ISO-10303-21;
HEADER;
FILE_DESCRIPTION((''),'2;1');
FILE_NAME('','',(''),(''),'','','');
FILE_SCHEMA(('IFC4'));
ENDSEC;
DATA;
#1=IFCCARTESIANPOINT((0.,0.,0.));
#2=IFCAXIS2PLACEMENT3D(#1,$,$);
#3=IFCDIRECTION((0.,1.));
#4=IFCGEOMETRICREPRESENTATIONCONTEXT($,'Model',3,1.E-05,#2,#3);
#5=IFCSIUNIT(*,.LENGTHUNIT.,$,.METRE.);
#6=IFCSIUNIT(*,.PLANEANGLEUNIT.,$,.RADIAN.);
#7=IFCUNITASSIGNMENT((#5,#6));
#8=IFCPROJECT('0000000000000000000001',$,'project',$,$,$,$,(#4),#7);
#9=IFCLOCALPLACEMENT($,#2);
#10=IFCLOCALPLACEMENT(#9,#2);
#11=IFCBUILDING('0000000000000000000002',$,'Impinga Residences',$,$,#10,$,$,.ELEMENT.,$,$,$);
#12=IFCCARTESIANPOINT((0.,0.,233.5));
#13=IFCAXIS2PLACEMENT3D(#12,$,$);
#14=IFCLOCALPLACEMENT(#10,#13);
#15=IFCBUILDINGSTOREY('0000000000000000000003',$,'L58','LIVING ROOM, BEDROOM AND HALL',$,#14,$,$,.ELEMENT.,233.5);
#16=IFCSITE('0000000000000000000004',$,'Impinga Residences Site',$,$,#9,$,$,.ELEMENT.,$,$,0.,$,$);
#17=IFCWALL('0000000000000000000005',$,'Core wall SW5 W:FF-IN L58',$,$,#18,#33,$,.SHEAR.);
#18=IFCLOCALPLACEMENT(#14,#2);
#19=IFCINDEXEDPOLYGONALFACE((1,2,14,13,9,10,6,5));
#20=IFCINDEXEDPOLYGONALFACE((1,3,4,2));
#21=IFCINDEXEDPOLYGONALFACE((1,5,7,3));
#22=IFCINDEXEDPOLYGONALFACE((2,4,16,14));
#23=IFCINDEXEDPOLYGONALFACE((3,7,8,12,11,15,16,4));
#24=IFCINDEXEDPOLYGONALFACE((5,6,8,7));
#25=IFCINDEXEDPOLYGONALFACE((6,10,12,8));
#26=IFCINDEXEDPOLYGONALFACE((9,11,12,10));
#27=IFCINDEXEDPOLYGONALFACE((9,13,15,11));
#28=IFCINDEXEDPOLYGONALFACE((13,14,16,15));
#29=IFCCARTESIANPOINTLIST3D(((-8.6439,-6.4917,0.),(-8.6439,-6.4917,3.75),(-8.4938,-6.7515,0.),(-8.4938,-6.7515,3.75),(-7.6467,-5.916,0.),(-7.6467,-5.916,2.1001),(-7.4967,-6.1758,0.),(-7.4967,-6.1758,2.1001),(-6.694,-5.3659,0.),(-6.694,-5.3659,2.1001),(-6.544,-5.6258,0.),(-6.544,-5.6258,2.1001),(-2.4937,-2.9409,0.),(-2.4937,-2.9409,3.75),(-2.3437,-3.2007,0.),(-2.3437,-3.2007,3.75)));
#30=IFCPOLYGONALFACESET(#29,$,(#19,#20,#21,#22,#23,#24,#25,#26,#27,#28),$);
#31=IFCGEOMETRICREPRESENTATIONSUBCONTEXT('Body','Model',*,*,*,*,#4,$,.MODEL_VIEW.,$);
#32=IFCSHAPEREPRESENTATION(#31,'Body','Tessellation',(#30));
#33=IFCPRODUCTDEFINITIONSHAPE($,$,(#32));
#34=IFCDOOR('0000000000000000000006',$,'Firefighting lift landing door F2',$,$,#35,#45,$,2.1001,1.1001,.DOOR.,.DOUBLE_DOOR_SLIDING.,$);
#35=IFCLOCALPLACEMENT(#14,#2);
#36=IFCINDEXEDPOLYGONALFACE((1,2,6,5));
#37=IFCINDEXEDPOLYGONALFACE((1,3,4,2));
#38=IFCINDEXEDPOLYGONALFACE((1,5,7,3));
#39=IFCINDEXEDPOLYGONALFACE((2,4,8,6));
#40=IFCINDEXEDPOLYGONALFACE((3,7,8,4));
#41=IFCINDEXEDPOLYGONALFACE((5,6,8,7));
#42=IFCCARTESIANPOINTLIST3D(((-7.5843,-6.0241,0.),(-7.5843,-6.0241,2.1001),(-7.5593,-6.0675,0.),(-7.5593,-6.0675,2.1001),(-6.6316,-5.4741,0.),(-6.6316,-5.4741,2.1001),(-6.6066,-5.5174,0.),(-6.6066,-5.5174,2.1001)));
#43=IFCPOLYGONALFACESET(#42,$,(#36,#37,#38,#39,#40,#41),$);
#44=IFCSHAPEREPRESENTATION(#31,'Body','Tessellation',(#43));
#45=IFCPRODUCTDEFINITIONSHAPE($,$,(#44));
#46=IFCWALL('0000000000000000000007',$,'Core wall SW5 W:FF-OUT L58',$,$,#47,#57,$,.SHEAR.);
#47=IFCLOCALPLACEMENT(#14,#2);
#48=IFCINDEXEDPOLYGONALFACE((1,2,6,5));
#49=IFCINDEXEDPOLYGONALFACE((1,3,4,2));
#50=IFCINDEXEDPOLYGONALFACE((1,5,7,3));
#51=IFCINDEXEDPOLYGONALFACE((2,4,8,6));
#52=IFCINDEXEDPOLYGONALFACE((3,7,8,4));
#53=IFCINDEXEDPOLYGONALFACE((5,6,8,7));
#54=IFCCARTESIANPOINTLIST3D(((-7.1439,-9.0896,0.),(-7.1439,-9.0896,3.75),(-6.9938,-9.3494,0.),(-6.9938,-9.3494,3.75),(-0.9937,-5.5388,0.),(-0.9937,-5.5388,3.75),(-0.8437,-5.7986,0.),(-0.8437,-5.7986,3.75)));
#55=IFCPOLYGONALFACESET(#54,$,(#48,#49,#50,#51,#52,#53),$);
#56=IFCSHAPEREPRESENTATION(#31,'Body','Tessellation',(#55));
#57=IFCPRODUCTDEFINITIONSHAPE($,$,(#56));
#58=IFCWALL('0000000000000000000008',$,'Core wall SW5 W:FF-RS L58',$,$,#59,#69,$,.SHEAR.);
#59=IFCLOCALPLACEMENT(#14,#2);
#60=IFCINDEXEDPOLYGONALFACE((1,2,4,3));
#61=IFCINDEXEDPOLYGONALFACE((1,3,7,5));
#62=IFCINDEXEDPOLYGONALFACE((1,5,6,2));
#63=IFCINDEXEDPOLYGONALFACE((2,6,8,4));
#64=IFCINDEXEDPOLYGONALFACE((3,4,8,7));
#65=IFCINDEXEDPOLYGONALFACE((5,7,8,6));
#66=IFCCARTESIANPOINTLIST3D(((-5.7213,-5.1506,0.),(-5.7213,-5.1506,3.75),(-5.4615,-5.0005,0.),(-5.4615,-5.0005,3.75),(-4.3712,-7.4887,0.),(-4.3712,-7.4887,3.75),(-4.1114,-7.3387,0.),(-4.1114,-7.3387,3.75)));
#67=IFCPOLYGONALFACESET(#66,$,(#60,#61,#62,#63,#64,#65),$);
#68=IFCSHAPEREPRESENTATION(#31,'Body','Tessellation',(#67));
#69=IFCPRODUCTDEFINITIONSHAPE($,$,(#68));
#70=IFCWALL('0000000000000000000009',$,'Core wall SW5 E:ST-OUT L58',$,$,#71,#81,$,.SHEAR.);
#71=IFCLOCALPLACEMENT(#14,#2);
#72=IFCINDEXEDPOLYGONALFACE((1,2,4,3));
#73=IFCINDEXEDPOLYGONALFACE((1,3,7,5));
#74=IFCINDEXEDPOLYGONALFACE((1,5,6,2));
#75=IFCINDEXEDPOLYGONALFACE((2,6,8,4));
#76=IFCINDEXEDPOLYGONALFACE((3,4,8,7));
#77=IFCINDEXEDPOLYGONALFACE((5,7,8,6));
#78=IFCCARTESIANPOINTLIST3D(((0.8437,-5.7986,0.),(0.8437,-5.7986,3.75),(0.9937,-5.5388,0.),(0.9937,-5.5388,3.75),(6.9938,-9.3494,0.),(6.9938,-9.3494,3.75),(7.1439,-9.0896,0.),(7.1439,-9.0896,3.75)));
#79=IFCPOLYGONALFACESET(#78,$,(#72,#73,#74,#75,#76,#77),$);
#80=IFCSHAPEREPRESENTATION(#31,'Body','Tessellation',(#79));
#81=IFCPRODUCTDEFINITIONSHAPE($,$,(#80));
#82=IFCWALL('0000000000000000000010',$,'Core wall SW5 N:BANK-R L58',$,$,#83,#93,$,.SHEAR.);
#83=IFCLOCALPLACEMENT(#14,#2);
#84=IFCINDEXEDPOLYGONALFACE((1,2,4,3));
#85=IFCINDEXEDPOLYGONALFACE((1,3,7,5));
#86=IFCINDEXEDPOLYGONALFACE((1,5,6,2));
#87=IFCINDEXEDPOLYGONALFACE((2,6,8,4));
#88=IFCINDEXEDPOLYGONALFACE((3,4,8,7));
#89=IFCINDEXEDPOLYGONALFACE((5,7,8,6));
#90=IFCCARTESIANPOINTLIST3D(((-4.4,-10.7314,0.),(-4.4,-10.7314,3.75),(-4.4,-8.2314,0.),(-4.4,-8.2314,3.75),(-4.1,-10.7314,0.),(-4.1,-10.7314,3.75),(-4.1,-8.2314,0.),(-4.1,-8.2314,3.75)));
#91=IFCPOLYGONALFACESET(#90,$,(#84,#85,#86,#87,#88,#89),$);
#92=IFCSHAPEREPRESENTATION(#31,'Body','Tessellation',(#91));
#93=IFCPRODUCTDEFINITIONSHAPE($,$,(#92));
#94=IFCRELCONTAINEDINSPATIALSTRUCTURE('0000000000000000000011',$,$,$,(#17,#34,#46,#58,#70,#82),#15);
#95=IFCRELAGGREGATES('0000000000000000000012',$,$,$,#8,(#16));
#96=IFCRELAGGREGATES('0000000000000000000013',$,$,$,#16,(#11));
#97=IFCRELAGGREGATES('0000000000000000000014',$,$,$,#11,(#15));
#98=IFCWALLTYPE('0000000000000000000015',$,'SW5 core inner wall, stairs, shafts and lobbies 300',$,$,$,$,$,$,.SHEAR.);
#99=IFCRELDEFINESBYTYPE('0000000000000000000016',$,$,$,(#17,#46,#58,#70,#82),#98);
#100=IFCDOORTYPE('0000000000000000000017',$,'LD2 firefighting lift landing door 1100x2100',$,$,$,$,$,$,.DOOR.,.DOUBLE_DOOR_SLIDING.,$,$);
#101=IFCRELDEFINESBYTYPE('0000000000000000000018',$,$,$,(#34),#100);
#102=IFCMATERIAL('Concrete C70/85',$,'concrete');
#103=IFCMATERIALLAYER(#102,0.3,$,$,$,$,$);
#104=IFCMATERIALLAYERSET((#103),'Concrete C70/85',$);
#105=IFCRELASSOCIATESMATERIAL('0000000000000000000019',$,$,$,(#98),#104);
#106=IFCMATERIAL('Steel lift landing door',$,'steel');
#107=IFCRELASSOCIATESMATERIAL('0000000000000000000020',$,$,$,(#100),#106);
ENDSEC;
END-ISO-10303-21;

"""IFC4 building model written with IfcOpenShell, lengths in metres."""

from ifc_helpers import new_model, si_unit, direction, frame, frame_2d, origin, place, context, subcontext, project, spatial, rectangle, extrude, material, layer, layer_set, type_object, element, fill, save


model = new_model("IFC4")

# Units and contexts
model_context = context("Model", 3, precision=1e-05, world=origin(), true_north=direction((0.0, 1.0)))
body_context = subcontext(model_context, "Body", "Model", "MODEL_VIEW")
ifc_project = project(units=[si_unit("LENGTHUNIT", "METRE"), si_unit("PLANEANGLEUNIT", "RADIAN")], contexts=[model_context])

# Site, building, storey
site_placement = place(None, origin())
site = spatial("IfcSite", under=ifc_project, at=site_placement, Name="Impinga Residences Site", CompositionType="ELEMENT", RefElevation=0.0)
building_placement = place(site_placement, origin())
building = spatial("IfcBuilding", under=site, at=building_placement, Name="Impinga Residences", CompositionType="ELEMENT")
storey_placement = place(building_placement, frame((0.0, 0.0, 233.5)))
storey = spatial("IfcBuildingStorey", under=building, at=storey_placement, Name="L58", Description="LIVING ROOM, BEDROOM AND HALL", CompositionType="ELEMENT", Elevation=233.5)

# Shared definitions
ifc_material_1 = material(Name="Concrete C70/85", Category="concrete")
ifc_layer_1 = layer(ifc_material_1, 0.3)
ifc_layer_set_1 = layer_set([ifc_layer_1], Name="Concrete C70/85")
wall_type_1 = type_object("IfcWallType", Name="SW5 core inner wall, stairs, shafts and lobbies 300", PredefinedType="SHEAR", material=ifc_layer_set_1)

# Wall, opening, door
wall_1_placement = place(storey_placement, frame((-2.4187, -3.0708, 0.0), z_axis=(0.0, 0.0, 1.0), x_axis=(-0.866026, -0.499999, 0.0)))
wall_1 = element("IfcWall", 1, at=wall_1_placement, inside=storey, type_object=wall_type_1, Name="Core wall SW5 W:FF-IN L58", PredefinedType="SHEAR", context=body_context, shape_type="SweptSolid", body=[
    extrude(rectangle(XDim=7.1016, YDim=0.3, at=frame_2d((3.5508, 0.0))), origin(), (0.0, 0.0, 1.0), 3.75),
])
opening_1_placement = place(wall_1_placement, frame((4.8501, 0.0, 0.0)))
opening_1 = element("IfcOpeningElement", 2, at=opening_1_placement, cuts=wall_1, PredefinedType="OPENING", context=body_context, shape_type="SweptSolid", body=[
    extrude(rectangle(XDim=1.1001, YDim=2.1001, at=frame_2d((0.55, 1.05))), frame((0.0, 0.1599, 0.0), z_axis=(0.0, -1.0, 0.0), x_axis=(1.0, 0.0, 0.0)), (0.0, 0.0, 1.0), 0.3201),
])
ifc_material_2 = material(Name="Steel lift landing door", Category="steel")
door_type_1 = type_object("IfcDoorType", Name="LD2 firefighting lift landing door 1100x2100", OperationType="DOUBLE_DOOR_SLIDING", PredefinedType="DOOR", material=ifc_material_2)
door_1_placement = place(opening_1_placement, origin())
door_1 = element("IfcDoor", 3, at=door_1_placement, inside=storey, type_object=door_type_1, Name="Firefighting lift landing door F2", OperationType="DOUBLE_DOOR_SLIDING", OverallHeight=2.1001, OverallWidth=1.1001, PredefinedType="DOOR", context=body_context, shape_type="SweptSolid", body=[
    extrude(rectangle(XDim=1.1001, YDim=2.1001, at=frame_2d((0.55, 1.05))), frame((0.0, 0.0249, 0.0), z_axis=(0.0, -1.0, 0.0), x_axis=(1.0, 0.0, 0.0)), (0.0, 0.0, 1.0), 0.05),
])
fill(opening_1, door_1)

# Walls
wall_2_placement = place(storey_placement, frame((-0.9187, -5.6687, 0.0), z_axis=(0.0, 0.0, 1.0), x_axis=(-0.866026, -0.499999, 0.0)))
element("IfcWall", 4, at=wall_2_placement, inside=storey, type_object=wall_type_1, Name="Core wall SW5 W:FF-OUT L58", PredefinedType="SHEAR", context=body_context, shape_type="SweptSolid", body=[
    extrude(rectangle(XDim=7.1016, YDim=0.3, at=frame_2d((3.5508, 0.0))), origin(), (0.0, 0.0, 1.0), 3.75),
])
wall_3_placement = place(storey_placement, frame((-4.2412, -7.4138, 0.0), z_axis=(0.0, 0.0, 1.0), x_axis=(-0.500049, 0.865997, 0.0)))
element("IfcWall", 5, at=wall_3_placement, inside=storey, type_object=wall_type_1, Name="Core wall SW5 W:FF-RS L58", PredefinedType="SHEAR", context=body_context, shape_type="SweptSolid", body=[
    extrude(rectangle(XDim=2.7, YDim=0.3, at=frame_2d((1.3501, 0.0))), origin(), (0.0, 0.0, 1.0), 3.75),
])
wall_4_placement = place(storey_placement, frame((0.9187, -5.6687, 0.0), z_axis=(0.0, 0.0, 1.0), x_axis=(0.866026, -0.499999, 0.0)))
element("IfcWall", 6, at=wall_4_placement, inside=storey, type_object=wall_type_1, Name="Core wall SW5 E:ST-OUT L58", PredefinedType="SHEAR", context=body_context, shape_type="SweptSolid", body=[
    extrude(rectangle(XDim=7.1016, YDim=0.3, at=frame_2d((3.5508, 0.0))), origin(), (0.0, 0.0, 1.0), 3.75),
])
wall_5_placement = place(storey_placement, frame((-4.25, -8.2314, 0.0), z_axis=(0.0, 0.0, 1.0), x_axis=(0.0, -1.0, 0.0)))
element("IfcWall", 7, at=wall_5_placement, inside=storey, type_object=wall_type_1, Name="Core wall SW5 N:BANK-R L58", PredefinedType="SHEAR", context=body_context, shape_type="SweptSolid", body=[
    extrude(rectangle(XDim=2.5, YDim=0.3, at=frame_2d((1.25, 0.0))), origin(), (0.0, 0.0, 1.0), 3.75),
])

save(model, "model.ifc")
